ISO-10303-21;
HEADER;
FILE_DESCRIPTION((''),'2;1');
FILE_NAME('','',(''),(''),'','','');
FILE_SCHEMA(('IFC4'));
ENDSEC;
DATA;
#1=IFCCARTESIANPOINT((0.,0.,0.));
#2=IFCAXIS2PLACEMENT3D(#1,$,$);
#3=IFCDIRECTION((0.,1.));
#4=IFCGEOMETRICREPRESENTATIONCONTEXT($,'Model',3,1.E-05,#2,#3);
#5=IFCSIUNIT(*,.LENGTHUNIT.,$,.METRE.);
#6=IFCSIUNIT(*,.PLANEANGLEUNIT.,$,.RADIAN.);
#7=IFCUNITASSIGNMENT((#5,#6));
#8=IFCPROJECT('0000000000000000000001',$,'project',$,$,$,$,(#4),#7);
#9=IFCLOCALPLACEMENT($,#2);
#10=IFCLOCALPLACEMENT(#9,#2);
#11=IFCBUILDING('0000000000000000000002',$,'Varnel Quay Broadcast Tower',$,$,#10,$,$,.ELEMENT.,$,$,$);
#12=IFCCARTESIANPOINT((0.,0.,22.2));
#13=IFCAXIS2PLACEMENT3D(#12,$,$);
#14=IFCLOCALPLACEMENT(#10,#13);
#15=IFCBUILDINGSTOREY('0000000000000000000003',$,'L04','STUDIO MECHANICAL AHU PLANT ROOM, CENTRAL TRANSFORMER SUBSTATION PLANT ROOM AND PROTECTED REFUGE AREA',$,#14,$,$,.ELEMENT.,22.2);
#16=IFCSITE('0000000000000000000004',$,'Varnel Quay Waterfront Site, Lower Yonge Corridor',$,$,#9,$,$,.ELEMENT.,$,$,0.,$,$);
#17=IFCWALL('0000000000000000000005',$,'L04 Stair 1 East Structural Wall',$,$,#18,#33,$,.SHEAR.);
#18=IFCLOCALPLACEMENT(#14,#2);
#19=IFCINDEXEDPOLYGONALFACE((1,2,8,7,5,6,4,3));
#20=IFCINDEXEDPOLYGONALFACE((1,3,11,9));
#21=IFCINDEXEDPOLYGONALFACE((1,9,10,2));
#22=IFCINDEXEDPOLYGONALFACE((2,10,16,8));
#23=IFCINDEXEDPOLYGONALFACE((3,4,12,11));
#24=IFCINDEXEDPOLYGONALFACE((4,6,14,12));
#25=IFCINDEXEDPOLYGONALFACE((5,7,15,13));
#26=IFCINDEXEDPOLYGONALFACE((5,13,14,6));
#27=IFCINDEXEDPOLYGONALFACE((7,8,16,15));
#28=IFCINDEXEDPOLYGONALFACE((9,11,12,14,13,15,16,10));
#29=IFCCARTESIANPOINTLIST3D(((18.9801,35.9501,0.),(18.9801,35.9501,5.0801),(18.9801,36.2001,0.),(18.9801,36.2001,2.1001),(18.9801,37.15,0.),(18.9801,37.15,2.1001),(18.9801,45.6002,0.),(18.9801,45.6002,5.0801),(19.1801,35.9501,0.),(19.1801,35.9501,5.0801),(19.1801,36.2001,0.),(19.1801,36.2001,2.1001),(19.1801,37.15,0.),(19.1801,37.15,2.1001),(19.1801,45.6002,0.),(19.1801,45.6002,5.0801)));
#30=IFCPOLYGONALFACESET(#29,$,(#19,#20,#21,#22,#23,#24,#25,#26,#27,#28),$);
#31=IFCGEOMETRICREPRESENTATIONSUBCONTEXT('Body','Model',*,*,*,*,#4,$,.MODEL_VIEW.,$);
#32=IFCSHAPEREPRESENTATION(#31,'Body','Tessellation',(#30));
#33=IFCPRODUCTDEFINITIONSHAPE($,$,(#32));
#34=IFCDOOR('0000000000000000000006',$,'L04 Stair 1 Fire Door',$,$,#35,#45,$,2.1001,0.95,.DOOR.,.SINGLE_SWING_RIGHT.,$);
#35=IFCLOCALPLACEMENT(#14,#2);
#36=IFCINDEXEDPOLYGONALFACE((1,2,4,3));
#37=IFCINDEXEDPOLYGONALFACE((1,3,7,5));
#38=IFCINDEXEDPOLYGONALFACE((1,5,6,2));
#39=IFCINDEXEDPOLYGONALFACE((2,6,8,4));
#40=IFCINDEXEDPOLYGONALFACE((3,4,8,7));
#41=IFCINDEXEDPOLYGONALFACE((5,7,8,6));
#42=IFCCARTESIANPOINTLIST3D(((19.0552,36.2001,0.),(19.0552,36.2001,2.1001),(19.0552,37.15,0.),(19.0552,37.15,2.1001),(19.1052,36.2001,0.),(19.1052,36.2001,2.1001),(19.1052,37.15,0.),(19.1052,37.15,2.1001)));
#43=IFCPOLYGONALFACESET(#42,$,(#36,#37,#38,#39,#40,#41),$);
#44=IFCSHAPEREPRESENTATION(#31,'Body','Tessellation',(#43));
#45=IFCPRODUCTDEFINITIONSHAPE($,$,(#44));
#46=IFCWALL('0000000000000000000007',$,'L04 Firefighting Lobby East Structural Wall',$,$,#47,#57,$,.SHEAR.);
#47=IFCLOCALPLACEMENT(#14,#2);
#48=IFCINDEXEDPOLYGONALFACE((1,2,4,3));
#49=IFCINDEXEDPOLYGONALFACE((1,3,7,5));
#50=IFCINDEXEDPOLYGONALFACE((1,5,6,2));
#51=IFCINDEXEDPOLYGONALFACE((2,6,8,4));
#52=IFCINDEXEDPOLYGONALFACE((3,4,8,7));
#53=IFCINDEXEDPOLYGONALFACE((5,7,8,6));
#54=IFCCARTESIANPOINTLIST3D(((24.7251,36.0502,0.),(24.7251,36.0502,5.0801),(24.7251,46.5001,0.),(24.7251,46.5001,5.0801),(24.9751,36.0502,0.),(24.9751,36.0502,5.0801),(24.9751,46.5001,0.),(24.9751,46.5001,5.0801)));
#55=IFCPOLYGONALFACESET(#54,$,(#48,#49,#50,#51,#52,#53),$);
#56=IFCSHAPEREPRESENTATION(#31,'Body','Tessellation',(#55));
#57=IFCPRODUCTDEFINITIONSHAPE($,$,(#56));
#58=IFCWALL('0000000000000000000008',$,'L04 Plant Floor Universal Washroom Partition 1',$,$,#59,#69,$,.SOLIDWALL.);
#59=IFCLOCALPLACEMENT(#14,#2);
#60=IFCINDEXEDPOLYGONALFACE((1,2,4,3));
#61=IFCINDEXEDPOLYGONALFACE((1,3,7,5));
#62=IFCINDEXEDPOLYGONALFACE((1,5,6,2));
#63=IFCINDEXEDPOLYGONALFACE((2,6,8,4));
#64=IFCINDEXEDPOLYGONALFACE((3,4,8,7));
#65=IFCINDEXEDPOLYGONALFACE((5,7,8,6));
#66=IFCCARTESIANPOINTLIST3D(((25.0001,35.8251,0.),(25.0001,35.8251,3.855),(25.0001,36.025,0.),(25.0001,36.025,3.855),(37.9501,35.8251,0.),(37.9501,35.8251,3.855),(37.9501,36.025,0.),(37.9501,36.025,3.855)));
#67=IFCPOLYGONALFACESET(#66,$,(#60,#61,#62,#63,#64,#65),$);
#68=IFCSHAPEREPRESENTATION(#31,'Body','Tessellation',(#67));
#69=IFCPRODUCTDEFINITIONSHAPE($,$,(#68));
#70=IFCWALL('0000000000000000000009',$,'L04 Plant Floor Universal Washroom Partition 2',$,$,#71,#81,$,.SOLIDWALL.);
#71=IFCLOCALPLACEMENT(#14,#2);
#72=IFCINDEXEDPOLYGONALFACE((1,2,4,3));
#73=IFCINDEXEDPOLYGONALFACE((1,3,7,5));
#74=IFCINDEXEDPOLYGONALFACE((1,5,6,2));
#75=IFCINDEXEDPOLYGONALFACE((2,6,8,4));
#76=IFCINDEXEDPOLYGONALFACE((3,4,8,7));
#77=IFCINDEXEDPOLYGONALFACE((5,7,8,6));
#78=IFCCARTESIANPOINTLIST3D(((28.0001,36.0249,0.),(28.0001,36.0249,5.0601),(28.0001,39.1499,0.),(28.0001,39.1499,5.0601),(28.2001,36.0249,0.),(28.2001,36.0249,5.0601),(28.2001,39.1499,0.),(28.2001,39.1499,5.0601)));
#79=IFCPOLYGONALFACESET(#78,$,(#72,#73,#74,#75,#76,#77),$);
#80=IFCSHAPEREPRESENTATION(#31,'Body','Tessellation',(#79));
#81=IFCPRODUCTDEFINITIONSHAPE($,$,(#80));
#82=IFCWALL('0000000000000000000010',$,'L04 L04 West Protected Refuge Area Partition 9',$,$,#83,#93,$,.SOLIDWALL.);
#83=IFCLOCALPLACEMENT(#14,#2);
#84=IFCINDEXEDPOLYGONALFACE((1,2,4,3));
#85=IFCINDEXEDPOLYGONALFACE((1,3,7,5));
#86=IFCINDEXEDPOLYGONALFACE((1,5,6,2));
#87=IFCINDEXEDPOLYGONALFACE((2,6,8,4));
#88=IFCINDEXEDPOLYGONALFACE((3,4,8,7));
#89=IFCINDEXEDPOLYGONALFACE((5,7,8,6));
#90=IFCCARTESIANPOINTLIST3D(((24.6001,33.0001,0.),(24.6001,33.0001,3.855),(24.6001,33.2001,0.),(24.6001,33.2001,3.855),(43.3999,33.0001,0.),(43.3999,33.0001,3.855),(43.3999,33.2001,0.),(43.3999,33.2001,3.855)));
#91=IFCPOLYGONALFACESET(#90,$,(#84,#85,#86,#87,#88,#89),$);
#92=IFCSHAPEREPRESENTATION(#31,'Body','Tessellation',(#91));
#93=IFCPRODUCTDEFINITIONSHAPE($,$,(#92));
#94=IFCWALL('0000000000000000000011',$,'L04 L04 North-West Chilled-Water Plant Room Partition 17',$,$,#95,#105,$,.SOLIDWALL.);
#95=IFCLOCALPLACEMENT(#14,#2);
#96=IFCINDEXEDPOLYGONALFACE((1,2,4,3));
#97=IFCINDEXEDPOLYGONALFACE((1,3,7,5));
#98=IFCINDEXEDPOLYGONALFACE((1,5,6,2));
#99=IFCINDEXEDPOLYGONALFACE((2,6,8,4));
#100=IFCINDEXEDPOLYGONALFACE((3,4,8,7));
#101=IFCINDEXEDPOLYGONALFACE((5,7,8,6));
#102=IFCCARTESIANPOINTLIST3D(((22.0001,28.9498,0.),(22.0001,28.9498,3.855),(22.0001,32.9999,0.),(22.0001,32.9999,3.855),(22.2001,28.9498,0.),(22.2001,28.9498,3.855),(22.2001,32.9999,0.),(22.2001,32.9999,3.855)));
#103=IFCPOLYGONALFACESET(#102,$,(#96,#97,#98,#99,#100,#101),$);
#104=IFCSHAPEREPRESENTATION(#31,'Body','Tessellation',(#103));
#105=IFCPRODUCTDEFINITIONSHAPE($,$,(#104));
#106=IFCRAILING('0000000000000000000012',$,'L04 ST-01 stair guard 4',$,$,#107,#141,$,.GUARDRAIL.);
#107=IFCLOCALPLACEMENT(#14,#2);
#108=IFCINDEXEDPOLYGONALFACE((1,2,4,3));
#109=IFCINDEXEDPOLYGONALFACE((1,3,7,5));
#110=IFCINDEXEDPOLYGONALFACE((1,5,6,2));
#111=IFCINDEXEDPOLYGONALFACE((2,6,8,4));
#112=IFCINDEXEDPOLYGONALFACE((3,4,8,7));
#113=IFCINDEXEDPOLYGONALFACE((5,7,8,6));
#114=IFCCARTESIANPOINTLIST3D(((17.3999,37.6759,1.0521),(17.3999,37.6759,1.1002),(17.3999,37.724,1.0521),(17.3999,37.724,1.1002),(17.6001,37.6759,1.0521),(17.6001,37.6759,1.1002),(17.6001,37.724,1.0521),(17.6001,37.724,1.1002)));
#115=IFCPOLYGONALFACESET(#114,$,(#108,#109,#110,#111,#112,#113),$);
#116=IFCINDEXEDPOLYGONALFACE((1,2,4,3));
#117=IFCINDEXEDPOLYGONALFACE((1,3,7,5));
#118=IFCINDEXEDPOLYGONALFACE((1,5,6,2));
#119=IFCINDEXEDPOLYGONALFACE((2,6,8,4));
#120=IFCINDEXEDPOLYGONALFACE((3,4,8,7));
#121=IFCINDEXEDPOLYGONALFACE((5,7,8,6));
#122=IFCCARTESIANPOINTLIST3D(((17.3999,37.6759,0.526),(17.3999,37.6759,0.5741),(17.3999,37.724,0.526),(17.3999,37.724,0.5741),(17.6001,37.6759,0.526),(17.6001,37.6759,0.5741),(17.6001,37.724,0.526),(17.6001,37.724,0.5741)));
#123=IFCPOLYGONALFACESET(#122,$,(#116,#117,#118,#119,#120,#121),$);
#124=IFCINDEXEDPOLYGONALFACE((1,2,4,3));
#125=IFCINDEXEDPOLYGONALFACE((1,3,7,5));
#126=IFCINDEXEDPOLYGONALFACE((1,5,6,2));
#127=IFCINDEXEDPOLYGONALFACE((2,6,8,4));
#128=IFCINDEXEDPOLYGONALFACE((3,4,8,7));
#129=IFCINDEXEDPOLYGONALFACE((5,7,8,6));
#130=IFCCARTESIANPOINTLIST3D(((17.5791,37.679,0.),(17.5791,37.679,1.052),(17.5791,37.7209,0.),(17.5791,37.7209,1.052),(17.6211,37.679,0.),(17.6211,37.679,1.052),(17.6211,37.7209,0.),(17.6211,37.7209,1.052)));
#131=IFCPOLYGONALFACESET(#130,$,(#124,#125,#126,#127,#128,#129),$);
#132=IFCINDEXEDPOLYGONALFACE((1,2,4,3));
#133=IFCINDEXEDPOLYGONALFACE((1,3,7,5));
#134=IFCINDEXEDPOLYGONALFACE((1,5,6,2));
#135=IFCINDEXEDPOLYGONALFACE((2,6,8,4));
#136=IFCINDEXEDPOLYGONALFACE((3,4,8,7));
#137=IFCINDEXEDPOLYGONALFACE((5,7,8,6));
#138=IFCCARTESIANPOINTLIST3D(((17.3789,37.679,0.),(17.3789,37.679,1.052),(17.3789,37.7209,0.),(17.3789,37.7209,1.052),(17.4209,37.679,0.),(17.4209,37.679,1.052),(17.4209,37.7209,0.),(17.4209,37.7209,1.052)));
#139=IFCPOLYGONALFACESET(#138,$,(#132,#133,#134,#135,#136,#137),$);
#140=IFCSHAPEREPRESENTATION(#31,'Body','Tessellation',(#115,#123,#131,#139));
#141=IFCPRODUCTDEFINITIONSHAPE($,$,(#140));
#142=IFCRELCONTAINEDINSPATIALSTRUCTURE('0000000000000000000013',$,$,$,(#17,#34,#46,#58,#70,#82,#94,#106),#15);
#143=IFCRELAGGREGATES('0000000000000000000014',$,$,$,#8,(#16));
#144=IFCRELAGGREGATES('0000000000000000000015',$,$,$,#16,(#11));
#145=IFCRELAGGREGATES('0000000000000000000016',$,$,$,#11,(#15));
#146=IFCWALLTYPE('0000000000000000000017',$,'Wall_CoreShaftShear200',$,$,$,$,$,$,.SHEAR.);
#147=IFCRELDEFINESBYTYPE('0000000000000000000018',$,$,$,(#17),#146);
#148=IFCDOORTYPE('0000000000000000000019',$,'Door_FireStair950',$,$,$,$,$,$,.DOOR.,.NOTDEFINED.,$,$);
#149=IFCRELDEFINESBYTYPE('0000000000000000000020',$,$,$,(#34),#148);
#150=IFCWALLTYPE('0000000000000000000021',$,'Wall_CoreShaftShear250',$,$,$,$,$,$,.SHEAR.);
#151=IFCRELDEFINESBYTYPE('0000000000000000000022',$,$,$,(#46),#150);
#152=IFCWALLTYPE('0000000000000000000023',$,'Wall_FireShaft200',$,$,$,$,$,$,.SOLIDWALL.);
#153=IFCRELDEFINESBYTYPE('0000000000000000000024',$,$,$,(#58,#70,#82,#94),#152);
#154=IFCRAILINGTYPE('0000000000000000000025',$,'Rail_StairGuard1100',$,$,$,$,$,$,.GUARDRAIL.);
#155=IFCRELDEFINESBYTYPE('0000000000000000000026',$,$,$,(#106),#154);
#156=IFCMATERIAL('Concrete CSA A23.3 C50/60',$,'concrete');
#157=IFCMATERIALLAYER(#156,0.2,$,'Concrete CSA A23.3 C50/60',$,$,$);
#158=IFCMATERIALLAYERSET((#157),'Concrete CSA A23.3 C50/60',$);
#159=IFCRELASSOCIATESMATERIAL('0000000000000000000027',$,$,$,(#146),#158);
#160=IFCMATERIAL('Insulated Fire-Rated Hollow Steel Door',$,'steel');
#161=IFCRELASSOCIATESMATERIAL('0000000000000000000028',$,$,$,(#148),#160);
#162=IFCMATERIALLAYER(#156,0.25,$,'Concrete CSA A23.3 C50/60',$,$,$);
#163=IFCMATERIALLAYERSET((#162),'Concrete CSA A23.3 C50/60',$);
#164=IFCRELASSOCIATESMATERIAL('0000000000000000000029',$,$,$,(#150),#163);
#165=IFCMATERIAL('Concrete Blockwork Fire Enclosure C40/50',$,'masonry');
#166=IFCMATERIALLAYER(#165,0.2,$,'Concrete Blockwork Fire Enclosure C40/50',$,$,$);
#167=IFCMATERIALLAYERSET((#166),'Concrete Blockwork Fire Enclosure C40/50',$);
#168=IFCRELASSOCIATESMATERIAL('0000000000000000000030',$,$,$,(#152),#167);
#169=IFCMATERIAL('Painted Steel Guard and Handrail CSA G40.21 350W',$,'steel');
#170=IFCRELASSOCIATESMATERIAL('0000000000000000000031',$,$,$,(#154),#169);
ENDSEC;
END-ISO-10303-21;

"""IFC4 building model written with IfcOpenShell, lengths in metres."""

from ifc_helpers import new_model, si_unit, direction, frame, frame_2d, origin, origin_2d, place, context, subcontext, project, spatial, rectangle, extrude, source, transform, mapped, material, layer, layer_set, type_object, type_shapes, element, fill, save


model = new_model("IFC4")

# Units and contexts
model_context = context("Model", 3, precision=1e-05, world=origin(), true_north=direction((0.0, 1.0)))
body_context = subcontext(model_context, "Body", "Model", "MODEL_VIEW")
ifc_project = project(units=[si_unit("LENGTHUNIT", "METRE"), si_unit("PLANEANGLEUNIT", "RADIAN")], contexts=[model_context])

# Site, building, storey
site_placement = place(None, origin())
site = spatial("IfcSite", under=ifc_project, at=site_placement, Name="Varnel Quay Waterfront Site, Lower Yonge Corridor", CompositionType="ELEMENT", RefElevation=0.0)
building_placement = place(site_placement, origin())
building = spatial("IfcBuilding", under=site, at=building_placement, Name="Varnel Quay Broadcast Tower", CompositionType="ELEMENT")
storey_placement = place(building_placement, frame((0.0, 0.0, 22.2)))
storey = spatial("IfcBuildingStorey", under=building, at=storey_placement, Name="L04", Description="STUDIO MECHANICAL AHU PLANT ROOM, CENTRAL TRANSFORMER SUBSTATION PLANT ROOM AND PROTECTED REFUGE AREA", CompositionType="ELEMENT", Elevation=22.2)

# Wall, opening, door
ifc_material_1 = material(Name="Concrete CSA A23.3 C50/60", Category="concrete")
ifc_layer_1 = layer(ifc_material_1, 0.2, Name="Concrete CSA A23.3 C50/60")
ifc_layer_set_1 = layer_set([ifc_layer_1], Name="Concrete CSA A23.3 C50/60")
wall_type_1 = type_object("IfcWallType", Name="Wall_CoreShaftShear200", PredefinedType="SHEAR", material=ifc_layer_set_1)
wall_1_placement = place(storey_placement, frame((19.0801, 35.95, 0.0), z_axis=(0.0, 0.0, 1.0), x_axis=(0.0, 1.0, 0.0)))
wall_1 = element("IfcWall", 1, at=wall_1_placement, inside=storey, type_object=wall_type_1, Name="L04 Stair 1 East Structural Wall", PredefinedType="SHEAR", context=body_context, shape_type="SweptSolid", body=[
    extrude(rectangle(XDim=9.6501, YDim=0.2, at=frame_2d((4.8252, 0.0))), origin(), (0.0, 0.0, 1.0), 5.0801),
])
opening_placement = place(wall_1_placement, frame((0.25, 0.0, 0.0)))
opening = element("IfcOpeningElement", 2, at=opening_placement, cuts=wall_1, PredefinedType="OPENING", context=body_context, shape_type="SweptSolid", body=[
    extrude(rectangle(XDim=0.95, YDim=2.1001, at=frame_2d((0.4751, 1.05))), frame((0.0, 0.1099, 0.0), z_axis=(0.0, -1.0, 0.0), x_axis=(1.0, 0.0, 0.0)), (0.0, 0.0, 1.0), 0.22),
])
ifc_material_2 = material(Name="Insulated Fire-Rated Hollow Steel Door", Category="steel")
door_type = type_object("IfcDoorType", Name="Door_FireStair950", OperationType="NOTDEFINED", PredefinedType="DOOR", material=ifc_material_2)
shared_shape_1 = source(origin(), body_context, "Body", "SweptSolid", [
    extrude(rectangle(XDim=0.95, YDim=2.1001, at=frame_2d((0.4751, 1.05))), frame((0.0, 0.0249, 0.0), z_axis=(0.0, -1.0, 0.0), x_axis=(1.0, 0.0, 0.0)), (0.0, 0.0, 1.0), 0.05),
])
type_shapes(door_type, [shared_shape_1])
door_placement = place(opening_placement, origin())
door = element("IfcDoor", 3, at=door_placement, inside=storey, type_object=door_type, Name="L04 Stair 1 Fire Door", OperationType="SINGLE_SWING_RIGHT", OverallHeight=2.1001, OverallWidth=0.95, PredefinedType="DOOR", context=body_context, shape_type="MappedRepresentation", body=[
    mapped(shared_shape_1, transform((0.0, 0.0, 0.0), x_axis=(1.0, 0.0, 0.0), y_axis=(0.0, 1.0, 0.0), z_axis=(0.0, 0.0, 1.0), scale=1.0)),
])
fill(opening, door)

# Walls
ifc_layer_2 = layer(ifc_material_1, 0.25, Name="Concrete CSA A23.3 C50/60")
ifc_layer_set_2 = layer_set([ifc_layer_2], Name="Concrete CSA A23.3 C50/60")
wall_type_2 = type_object("IfcWallType", Name="Wall_CoreShaftShear250", PredefinedType="SHEAR", material=ifc_layer_set_2)
wall_2_placement = place(storey_placement, frame((24.8501, 36.05, 0.0), z_axis=(0.0, 0.0, 1.0), x_axis=(0.0, 1.0, 0.0)))
element("IfcWall", 4, at=wall_2_placement, inside=storey, type_object=wall_type_2, Name="L04 Firefighting Lobby East Structural Wall", PredefinedType="SHEAR", context=body_context, shape_type="SweptSolid", body=[
    extrude(rectangle(XDim=10.45, YDim=0.25, at=frame_2d((5.2251, 0.0))), origin(), (0.0, 0.0, 1.0), 5.0801),
])
ifc_material_3 = material(Name="Concrete Blockwork Fire Enclosure C40/50", Category="masonry")
ifc_layer_3 = layer(ifc_material_3, 0.2, Name="Concrete Blockwork Fire Enclosure C40/50")
ifc_layer_set_3 = layer_set([ifc_layer_3], Name="Concrete Blockwork Fire Enclosure C40/50")
wall_type_3 = type_object("IfcWallType", Name="Wall_FireShaft200", PredefinedType="SOLIDWALL", material=ifc_layer_set_3)
wall_3_placement = place(storey_placement, frame((25.0, 35.925, 0.0), z_axis=(0.0, 0.0, 1.0), x_axis=(1.0, 0.0, 0.0)))
element("IfcWall", 5, at=wall_3_placement, inside=storey, type_object=wall_type_3, Name="L04 Plant Floor Universal Washroom Partition 1", PredefinedType="SOLIDWALL", context=body_context, shape_type="SweptSolid", body=[
    extrude(rectangle(XDim=12.95, YDim=0.2, at=frame_2d((6.4751, 0.0))), origin(), (0.0, 0.0, 1.0), 3.855),
])
wall_4_placement = place(storey_placement, frame((28.1001, 36.0249, 0.0), z_axis=(0.0, 0.0, 1.0), x_axis=(0.0, 1.0, 0.0)))
element("IfcWall", 6, at=wall_4_placement, inside=storey, type_object=wall_type_3, Name="L04 Plant Floor Universal Washroom Partition 2", PredefinedType="SOLIDWALL", context=body_context, shape_type="SweptSolid", body=[
    extrude(rectangle(XDim=3.125, YDim=0.2, at=frame_2d((1.5625, 0.0))), origin(), (0.0, 0.0, 1.0), 5.0601),
])
wall_5_placement = place(storey_placement, frame((24.6001, 33.1001, 0.0), z_axis=(0.0, 0.0, 1.0), x_axis=(1.0, 0.0, 0.0)))
element("IfcWall", 7, at=wall_5_placement, inside=storey, type_object=wall_type_3, Name="L04 L04 West Protected Refuge Area Partition 9", PredefinedType="SOLIDWALL", context=body_context, shape_type="SweptSolid", body=[
    extrude(rectangle(XDim=18.7998, YDim=0.2, at=frame_2d((9.3999, 0.0))), origin(), (0.0, 0.0, 1.0), 3.855),
])
wall_6_placement = place(storey_placement, frame((22.1001, 28.95, 0.0), z_axis=(0.0, 0.0, 1.0), x_axis=(0.0, 1.0, 0.0)))
element("IfcWall", 8, at=wall_6_placement, inside=storey, type_object=wall_type_3, Name="L04 L04 North-West Chilled-Water Plant Room Partition 17", PredefinedType="SOLIDWALL", context=body_context, shape_type="SweptSolid", body=[
    extrude(rectangle(XDim=4.05, YDim=0.2, at=frame_2d((2.0249, 0.0))), origin(), (0.0, 0.0, 1.0), 3.855),
])

# Railing
ifc_material_4 = material(Name="Painted Steel Guard and Handrail CSA G40.21 350W", Category="steel")
railing_type = type_object("IfcRailingType", Name="Rail_StairGuard1100", PredefinedType="GUARDRAIL", material=ifc_material_4)
railing_placement = place(storey_placement, frame((17.6001, 37.7, 0.0)))
element("IfcRailing", 9, at=railing_placement, inside=storey, type_object=railing_type, Name="L04 ST-01 stair guard 4", PredefinedType="GUARDRAIL", context=body_context, shape_type="SweptSolid", body=[
    extrude(rectangle(XDim=0.0481, YDim=0.0481, at=origin_2d()), frame((0.0, 0.0, 1.0762), z_axis=(-1.0, 0.0, 0.0), x_axis=(0.0, -1.0, 0.0)), (0.0, 0.0, 1.0), 0.2002),
    extrude(rectangle(XDim=0.0481, YDim=0.0481, at=origin_2d()), frame((0.0, 0.0, 0.55), z_axis=(-1.0, 0.0, 0.0), x_axis=(0.0, -1.0, 0.0)), (0.0, 0.0, 1.0), 0.2002),
    extrude(rectangle(XDim=0.042, YDim=0.042, at=origin_2d()), origin(), (0.0, 0.0, 1.0), 1.052),
    extrude(rectangle(XDim=0.042, YDim=0.042, at=origin_2d()), frame((-0.2002, 0.0, 0.0)), (0.0, 0.0, 1.0), 1.052),
])

save(model, "model.ifc")
